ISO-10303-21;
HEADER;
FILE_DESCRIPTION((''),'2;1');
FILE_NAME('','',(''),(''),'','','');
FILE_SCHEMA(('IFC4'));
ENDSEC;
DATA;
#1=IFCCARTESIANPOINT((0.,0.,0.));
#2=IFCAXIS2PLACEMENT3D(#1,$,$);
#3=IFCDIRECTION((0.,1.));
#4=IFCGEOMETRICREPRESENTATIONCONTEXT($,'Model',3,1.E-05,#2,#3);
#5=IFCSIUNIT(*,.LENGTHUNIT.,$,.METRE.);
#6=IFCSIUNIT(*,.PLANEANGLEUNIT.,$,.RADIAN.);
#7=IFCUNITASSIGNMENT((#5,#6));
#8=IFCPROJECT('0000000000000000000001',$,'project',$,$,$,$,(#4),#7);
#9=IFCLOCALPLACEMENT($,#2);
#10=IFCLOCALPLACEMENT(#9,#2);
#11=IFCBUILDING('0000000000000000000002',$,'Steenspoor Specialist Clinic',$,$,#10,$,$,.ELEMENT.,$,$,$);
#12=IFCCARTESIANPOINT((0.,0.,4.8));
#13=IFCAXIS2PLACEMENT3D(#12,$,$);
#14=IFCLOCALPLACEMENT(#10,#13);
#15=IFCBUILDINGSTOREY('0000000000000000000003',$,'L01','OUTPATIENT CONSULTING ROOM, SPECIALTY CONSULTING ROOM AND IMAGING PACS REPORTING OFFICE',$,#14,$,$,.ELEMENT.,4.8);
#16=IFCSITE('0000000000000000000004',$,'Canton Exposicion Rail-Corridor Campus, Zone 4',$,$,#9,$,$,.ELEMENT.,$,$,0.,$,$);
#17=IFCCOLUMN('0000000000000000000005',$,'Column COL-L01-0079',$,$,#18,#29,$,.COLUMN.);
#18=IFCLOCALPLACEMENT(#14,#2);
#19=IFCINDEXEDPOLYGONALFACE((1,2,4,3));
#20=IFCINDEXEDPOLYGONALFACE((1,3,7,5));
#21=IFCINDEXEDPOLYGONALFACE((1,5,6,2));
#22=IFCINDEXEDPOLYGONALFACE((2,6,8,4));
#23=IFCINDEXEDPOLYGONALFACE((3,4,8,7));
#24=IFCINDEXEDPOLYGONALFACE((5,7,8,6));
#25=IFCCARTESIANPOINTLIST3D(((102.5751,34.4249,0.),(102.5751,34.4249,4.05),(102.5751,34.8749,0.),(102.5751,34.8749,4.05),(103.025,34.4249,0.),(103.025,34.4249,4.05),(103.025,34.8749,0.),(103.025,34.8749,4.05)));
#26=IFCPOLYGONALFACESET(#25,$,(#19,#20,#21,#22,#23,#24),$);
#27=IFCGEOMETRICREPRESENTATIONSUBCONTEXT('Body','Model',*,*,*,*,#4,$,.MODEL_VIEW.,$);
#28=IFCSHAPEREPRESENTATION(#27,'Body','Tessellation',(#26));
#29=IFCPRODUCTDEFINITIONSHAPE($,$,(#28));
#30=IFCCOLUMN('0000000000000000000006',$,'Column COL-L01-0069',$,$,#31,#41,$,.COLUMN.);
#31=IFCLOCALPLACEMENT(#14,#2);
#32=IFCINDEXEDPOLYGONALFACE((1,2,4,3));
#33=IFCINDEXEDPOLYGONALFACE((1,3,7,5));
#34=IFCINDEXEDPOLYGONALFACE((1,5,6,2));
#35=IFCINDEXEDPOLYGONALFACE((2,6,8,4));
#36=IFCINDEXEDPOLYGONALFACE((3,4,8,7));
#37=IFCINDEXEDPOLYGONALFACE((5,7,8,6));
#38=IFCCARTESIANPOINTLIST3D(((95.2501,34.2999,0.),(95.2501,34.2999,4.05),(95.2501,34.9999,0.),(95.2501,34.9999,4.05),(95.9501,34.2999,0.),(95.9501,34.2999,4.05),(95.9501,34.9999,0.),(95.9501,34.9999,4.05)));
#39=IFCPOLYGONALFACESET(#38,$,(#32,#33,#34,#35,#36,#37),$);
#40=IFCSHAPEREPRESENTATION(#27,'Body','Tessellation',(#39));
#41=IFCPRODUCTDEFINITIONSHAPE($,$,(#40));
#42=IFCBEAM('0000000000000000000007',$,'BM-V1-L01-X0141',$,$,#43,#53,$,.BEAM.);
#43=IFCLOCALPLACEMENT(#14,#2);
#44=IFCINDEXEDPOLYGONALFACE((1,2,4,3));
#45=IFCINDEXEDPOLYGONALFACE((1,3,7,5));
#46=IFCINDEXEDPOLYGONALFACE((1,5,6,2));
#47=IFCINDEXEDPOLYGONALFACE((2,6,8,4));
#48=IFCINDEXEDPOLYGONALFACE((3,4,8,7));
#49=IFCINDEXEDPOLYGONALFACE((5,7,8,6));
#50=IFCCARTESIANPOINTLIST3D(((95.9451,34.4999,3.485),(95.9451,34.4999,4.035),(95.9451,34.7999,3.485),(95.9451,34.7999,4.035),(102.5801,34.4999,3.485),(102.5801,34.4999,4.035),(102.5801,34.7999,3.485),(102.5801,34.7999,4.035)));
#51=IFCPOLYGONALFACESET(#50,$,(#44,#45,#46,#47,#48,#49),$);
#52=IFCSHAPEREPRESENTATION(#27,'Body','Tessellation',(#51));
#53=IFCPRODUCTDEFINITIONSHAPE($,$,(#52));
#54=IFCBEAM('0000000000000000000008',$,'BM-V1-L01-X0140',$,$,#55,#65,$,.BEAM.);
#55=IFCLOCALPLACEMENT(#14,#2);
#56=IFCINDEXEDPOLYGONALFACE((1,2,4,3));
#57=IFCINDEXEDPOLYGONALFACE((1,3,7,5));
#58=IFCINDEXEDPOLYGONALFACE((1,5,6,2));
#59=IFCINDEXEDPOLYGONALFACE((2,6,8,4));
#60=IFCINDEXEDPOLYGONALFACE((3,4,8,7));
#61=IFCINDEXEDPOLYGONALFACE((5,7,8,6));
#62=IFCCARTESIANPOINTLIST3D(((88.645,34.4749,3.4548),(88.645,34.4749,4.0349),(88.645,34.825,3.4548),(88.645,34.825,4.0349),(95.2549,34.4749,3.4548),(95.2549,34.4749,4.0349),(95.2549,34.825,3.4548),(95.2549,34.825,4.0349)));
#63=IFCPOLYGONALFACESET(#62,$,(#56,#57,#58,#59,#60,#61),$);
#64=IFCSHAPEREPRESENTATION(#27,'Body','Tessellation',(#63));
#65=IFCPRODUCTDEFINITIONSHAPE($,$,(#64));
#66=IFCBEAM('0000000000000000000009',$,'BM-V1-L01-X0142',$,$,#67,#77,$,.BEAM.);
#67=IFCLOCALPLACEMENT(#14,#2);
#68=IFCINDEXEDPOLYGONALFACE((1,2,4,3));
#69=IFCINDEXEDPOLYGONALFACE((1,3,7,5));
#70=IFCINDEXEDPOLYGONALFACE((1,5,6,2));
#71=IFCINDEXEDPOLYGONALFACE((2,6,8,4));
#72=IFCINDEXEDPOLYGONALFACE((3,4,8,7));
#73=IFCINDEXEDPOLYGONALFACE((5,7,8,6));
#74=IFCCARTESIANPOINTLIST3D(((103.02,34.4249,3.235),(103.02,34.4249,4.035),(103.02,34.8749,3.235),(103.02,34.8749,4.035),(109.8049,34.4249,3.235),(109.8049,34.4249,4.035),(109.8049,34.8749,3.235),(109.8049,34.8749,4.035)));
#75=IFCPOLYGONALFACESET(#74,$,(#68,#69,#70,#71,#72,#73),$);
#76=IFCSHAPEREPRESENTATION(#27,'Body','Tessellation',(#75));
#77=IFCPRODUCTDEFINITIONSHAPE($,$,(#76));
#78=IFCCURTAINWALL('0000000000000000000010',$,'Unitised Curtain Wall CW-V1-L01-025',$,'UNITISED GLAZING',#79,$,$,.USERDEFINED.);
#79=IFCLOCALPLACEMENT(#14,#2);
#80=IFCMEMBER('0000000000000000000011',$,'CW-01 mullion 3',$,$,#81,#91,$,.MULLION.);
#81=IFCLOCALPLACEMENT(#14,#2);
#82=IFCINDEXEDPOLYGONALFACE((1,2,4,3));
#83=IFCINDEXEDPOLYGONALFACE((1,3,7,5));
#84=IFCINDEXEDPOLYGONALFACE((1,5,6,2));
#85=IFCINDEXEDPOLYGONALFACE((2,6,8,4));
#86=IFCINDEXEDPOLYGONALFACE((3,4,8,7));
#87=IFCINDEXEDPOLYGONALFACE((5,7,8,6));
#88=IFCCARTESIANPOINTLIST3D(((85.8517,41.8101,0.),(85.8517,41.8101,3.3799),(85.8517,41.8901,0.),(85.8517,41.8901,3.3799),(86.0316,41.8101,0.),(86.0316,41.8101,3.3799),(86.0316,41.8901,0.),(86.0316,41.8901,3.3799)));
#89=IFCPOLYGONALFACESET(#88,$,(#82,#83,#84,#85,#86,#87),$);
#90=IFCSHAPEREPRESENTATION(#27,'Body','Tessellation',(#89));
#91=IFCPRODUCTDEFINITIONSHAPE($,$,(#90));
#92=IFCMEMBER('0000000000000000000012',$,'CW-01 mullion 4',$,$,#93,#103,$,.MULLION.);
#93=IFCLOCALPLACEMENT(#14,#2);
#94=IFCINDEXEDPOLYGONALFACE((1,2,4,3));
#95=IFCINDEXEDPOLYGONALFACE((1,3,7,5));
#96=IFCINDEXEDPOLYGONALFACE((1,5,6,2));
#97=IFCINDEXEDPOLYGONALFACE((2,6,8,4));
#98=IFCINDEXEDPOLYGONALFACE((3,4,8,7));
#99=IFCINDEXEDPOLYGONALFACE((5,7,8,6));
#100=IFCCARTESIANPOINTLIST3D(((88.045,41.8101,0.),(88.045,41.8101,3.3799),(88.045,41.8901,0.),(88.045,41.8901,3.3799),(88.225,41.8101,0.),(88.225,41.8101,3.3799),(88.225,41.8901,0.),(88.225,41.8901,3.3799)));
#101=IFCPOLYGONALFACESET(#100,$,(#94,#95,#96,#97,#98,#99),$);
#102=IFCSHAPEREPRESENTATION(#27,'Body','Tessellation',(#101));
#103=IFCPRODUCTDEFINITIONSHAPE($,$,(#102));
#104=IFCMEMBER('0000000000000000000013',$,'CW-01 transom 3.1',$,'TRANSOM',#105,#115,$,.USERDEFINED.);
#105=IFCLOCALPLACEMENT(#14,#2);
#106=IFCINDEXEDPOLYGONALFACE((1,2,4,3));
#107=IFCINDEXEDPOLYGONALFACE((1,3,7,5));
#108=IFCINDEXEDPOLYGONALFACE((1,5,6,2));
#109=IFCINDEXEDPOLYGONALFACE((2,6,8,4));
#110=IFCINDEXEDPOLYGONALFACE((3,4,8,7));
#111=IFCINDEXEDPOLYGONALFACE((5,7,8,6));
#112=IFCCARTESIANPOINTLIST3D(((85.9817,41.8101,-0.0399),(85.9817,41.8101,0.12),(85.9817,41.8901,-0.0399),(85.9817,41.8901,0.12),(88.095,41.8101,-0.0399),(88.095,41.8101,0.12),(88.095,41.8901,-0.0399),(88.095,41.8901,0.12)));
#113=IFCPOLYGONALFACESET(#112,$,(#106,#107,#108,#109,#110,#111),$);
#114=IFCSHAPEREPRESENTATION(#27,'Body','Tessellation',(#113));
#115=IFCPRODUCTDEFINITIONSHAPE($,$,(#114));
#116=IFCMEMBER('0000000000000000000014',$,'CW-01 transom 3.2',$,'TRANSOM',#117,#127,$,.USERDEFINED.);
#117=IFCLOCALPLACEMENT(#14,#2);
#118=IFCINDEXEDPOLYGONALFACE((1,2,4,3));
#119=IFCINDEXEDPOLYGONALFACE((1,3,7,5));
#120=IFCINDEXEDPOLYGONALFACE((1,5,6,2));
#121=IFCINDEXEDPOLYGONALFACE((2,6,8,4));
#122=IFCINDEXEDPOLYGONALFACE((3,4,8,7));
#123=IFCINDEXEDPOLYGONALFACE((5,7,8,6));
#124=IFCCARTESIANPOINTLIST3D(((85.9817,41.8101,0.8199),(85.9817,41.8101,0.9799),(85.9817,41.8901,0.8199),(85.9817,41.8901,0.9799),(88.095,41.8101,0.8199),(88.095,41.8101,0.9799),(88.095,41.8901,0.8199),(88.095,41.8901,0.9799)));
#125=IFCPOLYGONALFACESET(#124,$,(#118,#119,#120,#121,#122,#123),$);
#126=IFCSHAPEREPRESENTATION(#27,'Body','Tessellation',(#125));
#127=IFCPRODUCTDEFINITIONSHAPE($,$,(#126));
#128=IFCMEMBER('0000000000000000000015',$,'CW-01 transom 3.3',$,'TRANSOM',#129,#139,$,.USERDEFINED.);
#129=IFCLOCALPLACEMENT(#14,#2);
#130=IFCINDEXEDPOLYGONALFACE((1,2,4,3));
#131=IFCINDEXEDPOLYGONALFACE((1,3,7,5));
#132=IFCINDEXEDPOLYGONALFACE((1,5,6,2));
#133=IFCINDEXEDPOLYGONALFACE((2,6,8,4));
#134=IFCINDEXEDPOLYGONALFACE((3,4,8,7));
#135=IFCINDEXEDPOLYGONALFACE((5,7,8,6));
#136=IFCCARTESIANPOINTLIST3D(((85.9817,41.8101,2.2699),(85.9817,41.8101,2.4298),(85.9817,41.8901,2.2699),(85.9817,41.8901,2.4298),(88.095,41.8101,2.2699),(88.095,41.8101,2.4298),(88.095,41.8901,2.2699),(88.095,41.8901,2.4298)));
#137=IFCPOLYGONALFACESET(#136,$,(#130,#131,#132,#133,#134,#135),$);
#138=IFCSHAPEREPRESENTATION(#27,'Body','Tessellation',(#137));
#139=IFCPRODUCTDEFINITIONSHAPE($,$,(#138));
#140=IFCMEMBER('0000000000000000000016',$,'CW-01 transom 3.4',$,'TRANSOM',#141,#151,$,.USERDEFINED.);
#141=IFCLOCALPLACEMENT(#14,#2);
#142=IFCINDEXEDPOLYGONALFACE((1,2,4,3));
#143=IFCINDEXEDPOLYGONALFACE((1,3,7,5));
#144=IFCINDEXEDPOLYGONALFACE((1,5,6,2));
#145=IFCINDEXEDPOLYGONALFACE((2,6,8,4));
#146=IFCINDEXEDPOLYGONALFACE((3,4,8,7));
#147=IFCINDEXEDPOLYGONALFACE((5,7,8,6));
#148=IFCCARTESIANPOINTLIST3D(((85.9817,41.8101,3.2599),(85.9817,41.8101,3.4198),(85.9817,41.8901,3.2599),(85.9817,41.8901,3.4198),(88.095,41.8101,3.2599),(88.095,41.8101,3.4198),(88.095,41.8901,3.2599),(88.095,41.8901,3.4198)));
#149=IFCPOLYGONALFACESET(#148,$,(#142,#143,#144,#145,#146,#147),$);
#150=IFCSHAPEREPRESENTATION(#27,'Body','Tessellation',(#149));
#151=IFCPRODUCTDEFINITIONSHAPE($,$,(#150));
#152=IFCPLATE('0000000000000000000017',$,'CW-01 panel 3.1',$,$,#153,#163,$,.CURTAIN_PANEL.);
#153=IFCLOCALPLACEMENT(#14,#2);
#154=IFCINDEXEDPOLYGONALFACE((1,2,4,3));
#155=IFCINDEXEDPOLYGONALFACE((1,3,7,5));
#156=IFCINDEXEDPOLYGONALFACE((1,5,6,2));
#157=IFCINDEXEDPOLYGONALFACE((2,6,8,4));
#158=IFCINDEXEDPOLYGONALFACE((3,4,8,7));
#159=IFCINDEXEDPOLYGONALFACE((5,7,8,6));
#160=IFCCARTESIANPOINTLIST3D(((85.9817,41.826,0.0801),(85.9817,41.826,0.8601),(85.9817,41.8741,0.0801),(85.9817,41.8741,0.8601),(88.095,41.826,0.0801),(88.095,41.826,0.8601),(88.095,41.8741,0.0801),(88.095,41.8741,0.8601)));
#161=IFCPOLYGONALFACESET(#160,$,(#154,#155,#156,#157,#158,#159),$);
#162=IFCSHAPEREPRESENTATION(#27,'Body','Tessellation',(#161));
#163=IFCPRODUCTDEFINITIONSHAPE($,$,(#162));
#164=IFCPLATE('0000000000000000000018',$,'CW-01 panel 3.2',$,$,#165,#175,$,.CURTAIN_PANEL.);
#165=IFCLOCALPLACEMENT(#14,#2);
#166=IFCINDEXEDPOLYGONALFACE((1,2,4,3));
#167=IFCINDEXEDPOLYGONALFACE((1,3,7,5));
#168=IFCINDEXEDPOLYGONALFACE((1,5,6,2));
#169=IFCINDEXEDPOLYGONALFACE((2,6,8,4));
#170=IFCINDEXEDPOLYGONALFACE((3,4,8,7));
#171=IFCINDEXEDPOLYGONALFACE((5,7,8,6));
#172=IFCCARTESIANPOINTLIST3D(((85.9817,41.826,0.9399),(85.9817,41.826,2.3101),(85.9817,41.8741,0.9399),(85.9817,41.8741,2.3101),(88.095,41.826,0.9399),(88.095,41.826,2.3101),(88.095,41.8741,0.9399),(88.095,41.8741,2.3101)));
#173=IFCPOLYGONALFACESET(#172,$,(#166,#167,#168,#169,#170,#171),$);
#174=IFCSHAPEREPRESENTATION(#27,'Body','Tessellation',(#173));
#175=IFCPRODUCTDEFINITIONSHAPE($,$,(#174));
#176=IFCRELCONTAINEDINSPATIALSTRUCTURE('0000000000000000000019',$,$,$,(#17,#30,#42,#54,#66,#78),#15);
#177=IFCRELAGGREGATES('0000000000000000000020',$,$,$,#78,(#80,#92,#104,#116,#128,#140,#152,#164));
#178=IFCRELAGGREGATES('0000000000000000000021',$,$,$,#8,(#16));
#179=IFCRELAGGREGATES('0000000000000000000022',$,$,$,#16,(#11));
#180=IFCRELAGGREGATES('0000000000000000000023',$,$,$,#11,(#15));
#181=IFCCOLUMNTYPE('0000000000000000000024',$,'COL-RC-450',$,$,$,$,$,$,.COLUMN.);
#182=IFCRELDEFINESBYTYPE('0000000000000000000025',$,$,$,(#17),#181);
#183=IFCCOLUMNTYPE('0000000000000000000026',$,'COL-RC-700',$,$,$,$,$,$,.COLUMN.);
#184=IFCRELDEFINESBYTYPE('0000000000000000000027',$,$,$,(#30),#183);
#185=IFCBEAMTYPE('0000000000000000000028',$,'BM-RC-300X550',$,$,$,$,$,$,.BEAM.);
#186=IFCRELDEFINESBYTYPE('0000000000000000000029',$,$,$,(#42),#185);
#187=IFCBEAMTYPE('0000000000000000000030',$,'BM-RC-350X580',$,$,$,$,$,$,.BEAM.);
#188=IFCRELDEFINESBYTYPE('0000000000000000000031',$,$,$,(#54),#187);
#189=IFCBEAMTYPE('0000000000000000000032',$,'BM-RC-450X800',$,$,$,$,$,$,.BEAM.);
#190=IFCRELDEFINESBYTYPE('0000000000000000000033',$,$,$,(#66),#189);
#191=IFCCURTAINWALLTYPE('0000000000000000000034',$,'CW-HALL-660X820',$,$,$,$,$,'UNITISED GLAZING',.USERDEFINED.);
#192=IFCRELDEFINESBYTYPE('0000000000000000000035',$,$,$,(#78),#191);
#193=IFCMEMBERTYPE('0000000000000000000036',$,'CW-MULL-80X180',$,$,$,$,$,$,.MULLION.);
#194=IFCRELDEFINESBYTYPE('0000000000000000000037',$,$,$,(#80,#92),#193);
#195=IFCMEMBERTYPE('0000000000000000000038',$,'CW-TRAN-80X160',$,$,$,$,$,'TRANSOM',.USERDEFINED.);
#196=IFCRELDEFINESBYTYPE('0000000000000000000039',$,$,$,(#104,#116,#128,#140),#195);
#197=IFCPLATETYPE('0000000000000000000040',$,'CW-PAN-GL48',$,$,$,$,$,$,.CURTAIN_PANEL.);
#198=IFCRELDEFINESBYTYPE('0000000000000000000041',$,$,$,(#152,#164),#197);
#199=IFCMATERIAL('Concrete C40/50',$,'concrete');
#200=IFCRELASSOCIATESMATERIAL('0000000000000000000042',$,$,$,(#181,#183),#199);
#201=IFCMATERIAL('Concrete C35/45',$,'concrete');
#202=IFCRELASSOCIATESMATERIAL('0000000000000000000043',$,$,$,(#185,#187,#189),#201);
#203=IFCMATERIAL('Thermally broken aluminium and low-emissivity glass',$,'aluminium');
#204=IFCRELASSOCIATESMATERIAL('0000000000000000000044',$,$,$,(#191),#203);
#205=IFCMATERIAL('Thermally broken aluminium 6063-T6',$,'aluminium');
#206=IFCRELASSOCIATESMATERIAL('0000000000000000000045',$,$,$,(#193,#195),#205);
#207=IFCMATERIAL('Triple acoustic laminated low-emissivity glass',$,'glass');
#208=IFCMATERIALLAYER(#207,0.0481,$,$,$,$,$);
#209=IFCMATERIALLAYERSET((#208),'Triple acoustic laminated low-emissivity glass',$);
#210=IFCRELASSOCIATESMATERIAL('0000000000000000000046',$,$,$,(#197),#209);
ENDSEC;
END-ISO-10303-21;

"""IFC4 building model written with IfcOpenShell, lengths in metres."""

from ifc_helpers import new_model, si_unit, direction, frame, origin, origin_2d, place, context, subcontext, project, spatial, rectangle, extrude, material, layer, layer_set, material_profile, profile_set, type_object, element, aggregate, save


model = new_model("IFC4")

# Units and contexts
model_context = context("Model", 3, precision=1e-05, world=origin(), true_north=direction((0.0, 1.0)))
body_context = subcontext(model_context, "Body", "Model", "MODEL_VIEW")
ifc_project = project(units=[si_unit("LENGTHUNIT", "METRE"), si_unit("PLANEANGLEUNIT", "RADIAN")], contexts=[model_context])

# Site, building, storey
site_placement = place(None, origin())
site = spatial("IfcSite", under=ifc_project, at=site_placement, Name="Canton Exposicion Rail-Corridor Campus, Zone 4", CompositionType="ELEMENT", RefElevation=0.0)
building_placement = place(site_placement, origin())
building = spatial("IfcBuilding", under=site, at=building_placement, Name="Steenspoor Specialist Clinic", CompositionType="ELEMENT")
storey_placement = place(building_placement, frame((0.0, 0.0, 4.8)))
storey = spatial("IfcBuildingStorey", under=building, at=storey_placement, Name="L01", Description="OUTPATIENT CONSULTING ROOM, SPECIALTY CONSULTING ROOM AND IMAGING PACS REPORTING OFFICE", CompositionType="ELEMENT", Elevation=4.8)

# Columns
ifc_material_1 = material(Name="Concrete C40/50", Category="concrete")
ifc_material_profile_1 = material_profile(ifc_material_1, rectangle(XDim=0.45, YDim=0.45, at=origin_2d()), Name="RC-COL-450X450")
ifc_profile_set_1 = profile_set([ifc_material_profile_1], Name="Concrete C40/50")
column_type_1 = type_object("IfcColumnType", Name="COL-RC-450", PredefinedType="COLUMN", material=ifc_profile_set_1)
column_1_placement = place(storey_placement, frame((102.8, 34.6499, 0.0), z_axis=(0.0, 0.0, 1.0), x_axis=(1.0, 0.0, 0.0)))
element("IfcColumn", 1, at=column_1_placement, inside=storey, type_object=column_type_1, Name="Column COL-L01-0079", PredefinedType="COLUMN", context=body_context, shape_type="SweptSolid", body=[
    extrude(rectangle(XDim=0.45, YDim=0.45, at=origin_2d()), origin(), (0.0, 0.0, 1.0), 4.05),
])
ifc_material_profile_2 = material_profile(ifc_material_1, rectangle(XDim=0.7, YDim=0.7, at=origin_2d()), Name="RC-COL-700X700")
ifc_profile_set_2 = profile_set([ifc_material_profile_2], Name="Concrete C40/50")
column_type_2 = type_object("IfcColumnType", Name="COL-RC-700", PredefinedType="COLUMN", material=ifc_profile_set_2)
column_2_placement = place(storey_placement, frame((95.6001, 34.6499, 0.0), z_axis=(0.0, 0.0, 1.0), x_axis=(1.0, 0.0, 0.0)))
element("IfcColumn", 2, at=column_2_placement, inside=storey, type_object=column_type_2, Name="Column COL-L01-0069", PredefinedType="COLUMN", context=body_context, shape_type="SweptSolid", body=[
    extrude(rectangle(XDim=0.7, YDim=0.7, at=origin_2d()), origin(), (0.0, 0.0, 1.0), 4.05),
])

# Beams
ifc_material_2 = material(Name="Concrete C35/45", Category="concrete")
ifc_material_profile_3 = material_profile(ifc_material_2, rectangle(XDim=0.3, YDim=0.55, at=origin_2d()), Name="RC-BM-300X550")
ifc_profile_set_3 = profile_set([ifc_material_profile_3], Name="Concrete C35/45")
beam_type_1 = type_object("IfcBeamType", Name="BM-RC-300X550", PredefinedType="BEAM", material=ifc_profile_set_3)
beam_1_placement = place(storey_placement, frame((95.9451, 34.6499, 3.76), z_axis=(1.0, 0.0, 0.0), x_axis=(0.0, 1.0, 0.0)))
element("IfcBeam", 3, at=beam_1_placement, inside=storey, type_object=beam_type_1, Name="BM-V1-L01-X0141", PredefinedType="BEAM", context=body_context, shape_type="SweptSolid", body=[
    extrude(rectangle(XDim=0.3, YDim=0.55, at=origin_2d()), origin(), (0.0, 0.0, 1.0), 6.635),
])
ifc_material_profile_4 = material_profile(ifc_material_2, rectangle(XDim=0.3501, YDim=0.5801, at=origin_2d()), Name="RC-BM-350X580")
ifc_profile_set_4 = profile_set([ifc_material_profile_4], Name="Concrete C35/45")
beam_type_2 = type_object("IfcBeamType", Name="BM-RC-350X580", PredefinedType="BEAM", material=ifc_profile_set_4)
beam_2_placement = place(storey_placement, frame((88.645, 34.6499, 3.7449), z_axis=(1.0, 0.0, 0.0), x_axis=(0.0, 1.0, 0.0)))
element("IfcBeam", 4, at=beam_2_placement, inside=storey, type_object=beam_type_2, Name="BM-V1-L01-X0140", PredefinedType="BEAM", context=body_context, shape_type="SweptSolid", body=[
    extrude(rectangle(XDim=0.3501, YDim=0.5801, at=origin_2d()), origin(), (0.0, 0.0, 1.0), 6.6099),
])
ifc_material_profile_5 = material_profile(ifc_material_2, rectangle(XDim=0.45, YDim=0.8, at=origin_2d()), Name="RC-BM-450X800")
ifc_profile_set_5 = profile_set([ifc_material_profile_5], Name="Concrete C35/45")
beam_type_3 = type_object("IfcBeamType", Name="BM-RC-450X800", PredefinedType="BEAM", material=ifc_profile_set_5)
beam_3_placement = place(storey_placement, frame((103.02, 34.6499, 3.635), z_axis=(1.0, 0.0, 0.0), x_axis=(0.0, 1.0, 0.0)))
element("IfcBeam", 5, at=beam_3_placement, inside=storey, type_object=beam_type_3, Name="BM-V1-L01-X0142", PredefinedType="BEAM", context=body_context, shape_type="SweptSolid", body=[
    extrude(rectangle(XDim=0.45, YDim=0.8, at=origin_2d()), origin(), (0.0, 0.0, 1.0), 6.7849),
])

# Curtain wall, members, plates
ifc_material_3 = material(Name="Thermally broken aluminium and low-emissivity glass", Category="aluminium")
curtain_wall_type = type_object("IfcCurtainWallType", Name="CW-HALL-660X820", ElementType="UNITISED GLAZING", PredefinedType="USERDEFINED", material=ifc_material_3)
curtain_wall_placement = place(storey_placement, origin())
curtain_wall = element("IfcCurtainWall", 6, at=curtain_wall_placement, inside=storey, type_object=curtain_wall_type, Name="Unitised Curtain Wall CW-V1-L01-025", ObjectType="UNITISED GLAZING", PredefinedType="USERDEFINED")
ifc_material_4 = material(Name="Thermally broken aluminium 6063-T6", Category="aluminium")
ifc_material_profile_6 = material_profile(ifc_material_4, rectangle(XDim=0.0801, YDim=0.1799, at=origin_2d()), Name="CWM-80X180")
ifc_profile_set_6 = profile_set([ifc_material_profile_6], Name="Thermally broken aluminium 6063-T6")
member_type_1 = type_object("IfcMemberType", Name="CW-MULL-80X180", PredefinedType="MULLION", material=ifc_profile_set_6)
member_1_placement = place(storey_placement, frame((85.9417, 41.8501, 0.0), z_axis=(0.0, 0.0, 1.0), x_axis=(0.0, 1.0, 0.0)))
member_1 = element("IfcMember", 7, at=member_1_placement, type_object=member_type_1, Name="CW-01 mullion 3", PredefinedType="MULLION", context=body_context, shape_type="SweptSolid", body=[
    extrude(rectangle(XDim=0.0801, YDim=0.1799, at=origin_2d()), origin(), (0.0, 0.0, 1.0), 3.3799),
])
member_2_placement = place(storey_placement, frame((88.135, 41.8501, 0.0), z_axis=(0.0, 0.0, 1.0), x_axis=(0.0, 1.0, 0.0)))
member_2 = element("IfcMember", 8, at=member_2_placement, type_object=member_type_1, Name="CW-01 mullion 4", PredefinedType="MULLION", context=body_context, shape_type="SweptSolid", body=[
    extrude(rectangle(XDim=0.0801, YDim=0.1799, at=origin_2d()), origin(), (0.0, 0.0, 1.0), 3.3799),
])
ifc_material_profile_7 = material_profile(ifc_material_4, rectangle(XDim=0.0801, YDim=0.1599, at=origin_2d()), Name="CWT-80X160")
ifc_profile_set_7 = profile_set([ifc_material_profile_7], Name="Thermally broken aluminium 6063-T6")
member_type_2 = type_object("IfcMemberType", Name="CW-TRAN-80X160", ElementType="TRANSOM", PredefinedType="USERDEFINED", material=ifc_profile_set_7)
member_3_placement = place(storey_placement, frame((85.9817, 41.8501, 0.04), z_axis=(1.0, 0.0, 0.0), x_axis=(0.0, 1.0, 0.0)))
member_3 = element("IfcMember", 9, at=member_3_placement, type_object=member_type_2, Name="CW-01 transom 3.1", ObjectType="TRANSOM", PredefinedType="USERDEFINED", context=body_context, shape_type="SweptSolid", body=[
    extrude(rectangle(XDim=0.0801, YDim=0.1599, at=origin_2d()), origin(), (0.0, 0.0, 1.0), 2.1133),
])
member_4_placement = place(storey_placement, frame((85.9817, 41.8501, 0.8999), z_axis=(1.0, 0.0, 0.0), x_axis=(0.0, 1.0, 0.0)))
member_4 = element("IfcMember", 10, at=member_4_placement, type_object=member_type_2, Name="CW-01 transom 3.2", ObjectType="TRANSOM", PredefinedType="USERDEFINED", context=body_context, shape_type="SweptSolid", body=[
    extrude(rectangle(XDim=0.0801, YDim=0.1599, at=origin_2d()), origin(), (0.0, 0.0, 1.0), 2.1133),
])
member_5_placement = place(storey_placement, frame((85.9817, 41.8501, 2.3499), z_axis=(1.0, 0.0, 0.0), x_axis=(0.0, 1.0, 0.0)))
member_5 = element("IfcMember", 11, at=member_5_placement, type_object=member_type_2, Name="CW-01 transom 3.3", ObjectType="TRANSOM", PredefinedType="USERDEFINED", context=body_context, shape_type="SweptSolid", body=[
    extrude(rectangle(XDim=0.0801, YDim=0.1599, at=origin_2d()), origin(), (0.0, 0.0, 1.0), 2.1133),
])
member_6_placement = place(storey_placement, frame((85.9817, 41.8501, 3.3398), z_axis=(1.0, 0.0, 0.0), x_axis=(0.0, 1.0, 0.0)))
member_6 = element("IfcMember", 12, at=member_6_placement, type_object=member_type_2, Name="CW-01 transom 3.4", ObjectType="TRANSOM", PredefinedType="USERDEFINED", context=body_context, shape_type="SweptSolid", body=[
    extrude(rectangle(XDim=0.0801, YDim=0.1599, at=origin_2d()), origin(), (0.0, 0.0, 1.0), 2.1133),
])
ifc_material_5 = material(Name="Triple acoustic laminated low-emissivity glass", Category="glass")
ifc_layer_1 = layer(ifc_material_5, 0.0481)
ifc_layer_set_1 = layer_set([ifc_layer_1], Name="Triple acoustic laminated low-emissivity glass")
plate_type = type_object("IfcPlateType", Name="CW-PAN-GL48", PredefinedType="CURTAIN_PANEL", material=ifc_layer_set_1)
plate_1_placement = place(storey_placement, frame((87.0383, 41.8501, 0.0801), z_axis=(0.0, 0.0, 1.0), x_axis=(1.0, 0.0, 0.0)))
plate_1 = element("IfcPlate", 13, at=plate_1_placement, type_object=plate_type, Name="CW-01 panel 3.1", PredefinedType="CURTAIN_PANEL", context=body_context, shape_type="SweptSolid", body=[
    extrude(rectangle(XDim=2.1133, YDim=0.0481, at=origin_2d()), origin(), (0.0, 0.0, 1.0), 0.78),
])
plate_2_placement = place(storey_placement, frame((87.0383, 41.8501, 0.9399), z_axis=(0.0, 0.0, 1.0), x_axis=(1.0, 0.0, 0.0)))
plate_2 = element("IfcPlate", 14, at=plate_2_placement, type_object=plate_type, Name="CW-01 panel 3.2", PredefinedType="CURTAIN_PANEL", context=body_context, shape_type="SweptSolid", body=[
    extrude(rectangle(XDim=2.1133, YDim=0.0481, at=origin_2d()), origin(), (0.0, 0.0, 1.0), 1.3701),
])
aggregate(curtain_wall, [member_1, member_2, member_3, member_4, member_5, member_6, plate_1, plate_2])

save(model, "model.ifc")
